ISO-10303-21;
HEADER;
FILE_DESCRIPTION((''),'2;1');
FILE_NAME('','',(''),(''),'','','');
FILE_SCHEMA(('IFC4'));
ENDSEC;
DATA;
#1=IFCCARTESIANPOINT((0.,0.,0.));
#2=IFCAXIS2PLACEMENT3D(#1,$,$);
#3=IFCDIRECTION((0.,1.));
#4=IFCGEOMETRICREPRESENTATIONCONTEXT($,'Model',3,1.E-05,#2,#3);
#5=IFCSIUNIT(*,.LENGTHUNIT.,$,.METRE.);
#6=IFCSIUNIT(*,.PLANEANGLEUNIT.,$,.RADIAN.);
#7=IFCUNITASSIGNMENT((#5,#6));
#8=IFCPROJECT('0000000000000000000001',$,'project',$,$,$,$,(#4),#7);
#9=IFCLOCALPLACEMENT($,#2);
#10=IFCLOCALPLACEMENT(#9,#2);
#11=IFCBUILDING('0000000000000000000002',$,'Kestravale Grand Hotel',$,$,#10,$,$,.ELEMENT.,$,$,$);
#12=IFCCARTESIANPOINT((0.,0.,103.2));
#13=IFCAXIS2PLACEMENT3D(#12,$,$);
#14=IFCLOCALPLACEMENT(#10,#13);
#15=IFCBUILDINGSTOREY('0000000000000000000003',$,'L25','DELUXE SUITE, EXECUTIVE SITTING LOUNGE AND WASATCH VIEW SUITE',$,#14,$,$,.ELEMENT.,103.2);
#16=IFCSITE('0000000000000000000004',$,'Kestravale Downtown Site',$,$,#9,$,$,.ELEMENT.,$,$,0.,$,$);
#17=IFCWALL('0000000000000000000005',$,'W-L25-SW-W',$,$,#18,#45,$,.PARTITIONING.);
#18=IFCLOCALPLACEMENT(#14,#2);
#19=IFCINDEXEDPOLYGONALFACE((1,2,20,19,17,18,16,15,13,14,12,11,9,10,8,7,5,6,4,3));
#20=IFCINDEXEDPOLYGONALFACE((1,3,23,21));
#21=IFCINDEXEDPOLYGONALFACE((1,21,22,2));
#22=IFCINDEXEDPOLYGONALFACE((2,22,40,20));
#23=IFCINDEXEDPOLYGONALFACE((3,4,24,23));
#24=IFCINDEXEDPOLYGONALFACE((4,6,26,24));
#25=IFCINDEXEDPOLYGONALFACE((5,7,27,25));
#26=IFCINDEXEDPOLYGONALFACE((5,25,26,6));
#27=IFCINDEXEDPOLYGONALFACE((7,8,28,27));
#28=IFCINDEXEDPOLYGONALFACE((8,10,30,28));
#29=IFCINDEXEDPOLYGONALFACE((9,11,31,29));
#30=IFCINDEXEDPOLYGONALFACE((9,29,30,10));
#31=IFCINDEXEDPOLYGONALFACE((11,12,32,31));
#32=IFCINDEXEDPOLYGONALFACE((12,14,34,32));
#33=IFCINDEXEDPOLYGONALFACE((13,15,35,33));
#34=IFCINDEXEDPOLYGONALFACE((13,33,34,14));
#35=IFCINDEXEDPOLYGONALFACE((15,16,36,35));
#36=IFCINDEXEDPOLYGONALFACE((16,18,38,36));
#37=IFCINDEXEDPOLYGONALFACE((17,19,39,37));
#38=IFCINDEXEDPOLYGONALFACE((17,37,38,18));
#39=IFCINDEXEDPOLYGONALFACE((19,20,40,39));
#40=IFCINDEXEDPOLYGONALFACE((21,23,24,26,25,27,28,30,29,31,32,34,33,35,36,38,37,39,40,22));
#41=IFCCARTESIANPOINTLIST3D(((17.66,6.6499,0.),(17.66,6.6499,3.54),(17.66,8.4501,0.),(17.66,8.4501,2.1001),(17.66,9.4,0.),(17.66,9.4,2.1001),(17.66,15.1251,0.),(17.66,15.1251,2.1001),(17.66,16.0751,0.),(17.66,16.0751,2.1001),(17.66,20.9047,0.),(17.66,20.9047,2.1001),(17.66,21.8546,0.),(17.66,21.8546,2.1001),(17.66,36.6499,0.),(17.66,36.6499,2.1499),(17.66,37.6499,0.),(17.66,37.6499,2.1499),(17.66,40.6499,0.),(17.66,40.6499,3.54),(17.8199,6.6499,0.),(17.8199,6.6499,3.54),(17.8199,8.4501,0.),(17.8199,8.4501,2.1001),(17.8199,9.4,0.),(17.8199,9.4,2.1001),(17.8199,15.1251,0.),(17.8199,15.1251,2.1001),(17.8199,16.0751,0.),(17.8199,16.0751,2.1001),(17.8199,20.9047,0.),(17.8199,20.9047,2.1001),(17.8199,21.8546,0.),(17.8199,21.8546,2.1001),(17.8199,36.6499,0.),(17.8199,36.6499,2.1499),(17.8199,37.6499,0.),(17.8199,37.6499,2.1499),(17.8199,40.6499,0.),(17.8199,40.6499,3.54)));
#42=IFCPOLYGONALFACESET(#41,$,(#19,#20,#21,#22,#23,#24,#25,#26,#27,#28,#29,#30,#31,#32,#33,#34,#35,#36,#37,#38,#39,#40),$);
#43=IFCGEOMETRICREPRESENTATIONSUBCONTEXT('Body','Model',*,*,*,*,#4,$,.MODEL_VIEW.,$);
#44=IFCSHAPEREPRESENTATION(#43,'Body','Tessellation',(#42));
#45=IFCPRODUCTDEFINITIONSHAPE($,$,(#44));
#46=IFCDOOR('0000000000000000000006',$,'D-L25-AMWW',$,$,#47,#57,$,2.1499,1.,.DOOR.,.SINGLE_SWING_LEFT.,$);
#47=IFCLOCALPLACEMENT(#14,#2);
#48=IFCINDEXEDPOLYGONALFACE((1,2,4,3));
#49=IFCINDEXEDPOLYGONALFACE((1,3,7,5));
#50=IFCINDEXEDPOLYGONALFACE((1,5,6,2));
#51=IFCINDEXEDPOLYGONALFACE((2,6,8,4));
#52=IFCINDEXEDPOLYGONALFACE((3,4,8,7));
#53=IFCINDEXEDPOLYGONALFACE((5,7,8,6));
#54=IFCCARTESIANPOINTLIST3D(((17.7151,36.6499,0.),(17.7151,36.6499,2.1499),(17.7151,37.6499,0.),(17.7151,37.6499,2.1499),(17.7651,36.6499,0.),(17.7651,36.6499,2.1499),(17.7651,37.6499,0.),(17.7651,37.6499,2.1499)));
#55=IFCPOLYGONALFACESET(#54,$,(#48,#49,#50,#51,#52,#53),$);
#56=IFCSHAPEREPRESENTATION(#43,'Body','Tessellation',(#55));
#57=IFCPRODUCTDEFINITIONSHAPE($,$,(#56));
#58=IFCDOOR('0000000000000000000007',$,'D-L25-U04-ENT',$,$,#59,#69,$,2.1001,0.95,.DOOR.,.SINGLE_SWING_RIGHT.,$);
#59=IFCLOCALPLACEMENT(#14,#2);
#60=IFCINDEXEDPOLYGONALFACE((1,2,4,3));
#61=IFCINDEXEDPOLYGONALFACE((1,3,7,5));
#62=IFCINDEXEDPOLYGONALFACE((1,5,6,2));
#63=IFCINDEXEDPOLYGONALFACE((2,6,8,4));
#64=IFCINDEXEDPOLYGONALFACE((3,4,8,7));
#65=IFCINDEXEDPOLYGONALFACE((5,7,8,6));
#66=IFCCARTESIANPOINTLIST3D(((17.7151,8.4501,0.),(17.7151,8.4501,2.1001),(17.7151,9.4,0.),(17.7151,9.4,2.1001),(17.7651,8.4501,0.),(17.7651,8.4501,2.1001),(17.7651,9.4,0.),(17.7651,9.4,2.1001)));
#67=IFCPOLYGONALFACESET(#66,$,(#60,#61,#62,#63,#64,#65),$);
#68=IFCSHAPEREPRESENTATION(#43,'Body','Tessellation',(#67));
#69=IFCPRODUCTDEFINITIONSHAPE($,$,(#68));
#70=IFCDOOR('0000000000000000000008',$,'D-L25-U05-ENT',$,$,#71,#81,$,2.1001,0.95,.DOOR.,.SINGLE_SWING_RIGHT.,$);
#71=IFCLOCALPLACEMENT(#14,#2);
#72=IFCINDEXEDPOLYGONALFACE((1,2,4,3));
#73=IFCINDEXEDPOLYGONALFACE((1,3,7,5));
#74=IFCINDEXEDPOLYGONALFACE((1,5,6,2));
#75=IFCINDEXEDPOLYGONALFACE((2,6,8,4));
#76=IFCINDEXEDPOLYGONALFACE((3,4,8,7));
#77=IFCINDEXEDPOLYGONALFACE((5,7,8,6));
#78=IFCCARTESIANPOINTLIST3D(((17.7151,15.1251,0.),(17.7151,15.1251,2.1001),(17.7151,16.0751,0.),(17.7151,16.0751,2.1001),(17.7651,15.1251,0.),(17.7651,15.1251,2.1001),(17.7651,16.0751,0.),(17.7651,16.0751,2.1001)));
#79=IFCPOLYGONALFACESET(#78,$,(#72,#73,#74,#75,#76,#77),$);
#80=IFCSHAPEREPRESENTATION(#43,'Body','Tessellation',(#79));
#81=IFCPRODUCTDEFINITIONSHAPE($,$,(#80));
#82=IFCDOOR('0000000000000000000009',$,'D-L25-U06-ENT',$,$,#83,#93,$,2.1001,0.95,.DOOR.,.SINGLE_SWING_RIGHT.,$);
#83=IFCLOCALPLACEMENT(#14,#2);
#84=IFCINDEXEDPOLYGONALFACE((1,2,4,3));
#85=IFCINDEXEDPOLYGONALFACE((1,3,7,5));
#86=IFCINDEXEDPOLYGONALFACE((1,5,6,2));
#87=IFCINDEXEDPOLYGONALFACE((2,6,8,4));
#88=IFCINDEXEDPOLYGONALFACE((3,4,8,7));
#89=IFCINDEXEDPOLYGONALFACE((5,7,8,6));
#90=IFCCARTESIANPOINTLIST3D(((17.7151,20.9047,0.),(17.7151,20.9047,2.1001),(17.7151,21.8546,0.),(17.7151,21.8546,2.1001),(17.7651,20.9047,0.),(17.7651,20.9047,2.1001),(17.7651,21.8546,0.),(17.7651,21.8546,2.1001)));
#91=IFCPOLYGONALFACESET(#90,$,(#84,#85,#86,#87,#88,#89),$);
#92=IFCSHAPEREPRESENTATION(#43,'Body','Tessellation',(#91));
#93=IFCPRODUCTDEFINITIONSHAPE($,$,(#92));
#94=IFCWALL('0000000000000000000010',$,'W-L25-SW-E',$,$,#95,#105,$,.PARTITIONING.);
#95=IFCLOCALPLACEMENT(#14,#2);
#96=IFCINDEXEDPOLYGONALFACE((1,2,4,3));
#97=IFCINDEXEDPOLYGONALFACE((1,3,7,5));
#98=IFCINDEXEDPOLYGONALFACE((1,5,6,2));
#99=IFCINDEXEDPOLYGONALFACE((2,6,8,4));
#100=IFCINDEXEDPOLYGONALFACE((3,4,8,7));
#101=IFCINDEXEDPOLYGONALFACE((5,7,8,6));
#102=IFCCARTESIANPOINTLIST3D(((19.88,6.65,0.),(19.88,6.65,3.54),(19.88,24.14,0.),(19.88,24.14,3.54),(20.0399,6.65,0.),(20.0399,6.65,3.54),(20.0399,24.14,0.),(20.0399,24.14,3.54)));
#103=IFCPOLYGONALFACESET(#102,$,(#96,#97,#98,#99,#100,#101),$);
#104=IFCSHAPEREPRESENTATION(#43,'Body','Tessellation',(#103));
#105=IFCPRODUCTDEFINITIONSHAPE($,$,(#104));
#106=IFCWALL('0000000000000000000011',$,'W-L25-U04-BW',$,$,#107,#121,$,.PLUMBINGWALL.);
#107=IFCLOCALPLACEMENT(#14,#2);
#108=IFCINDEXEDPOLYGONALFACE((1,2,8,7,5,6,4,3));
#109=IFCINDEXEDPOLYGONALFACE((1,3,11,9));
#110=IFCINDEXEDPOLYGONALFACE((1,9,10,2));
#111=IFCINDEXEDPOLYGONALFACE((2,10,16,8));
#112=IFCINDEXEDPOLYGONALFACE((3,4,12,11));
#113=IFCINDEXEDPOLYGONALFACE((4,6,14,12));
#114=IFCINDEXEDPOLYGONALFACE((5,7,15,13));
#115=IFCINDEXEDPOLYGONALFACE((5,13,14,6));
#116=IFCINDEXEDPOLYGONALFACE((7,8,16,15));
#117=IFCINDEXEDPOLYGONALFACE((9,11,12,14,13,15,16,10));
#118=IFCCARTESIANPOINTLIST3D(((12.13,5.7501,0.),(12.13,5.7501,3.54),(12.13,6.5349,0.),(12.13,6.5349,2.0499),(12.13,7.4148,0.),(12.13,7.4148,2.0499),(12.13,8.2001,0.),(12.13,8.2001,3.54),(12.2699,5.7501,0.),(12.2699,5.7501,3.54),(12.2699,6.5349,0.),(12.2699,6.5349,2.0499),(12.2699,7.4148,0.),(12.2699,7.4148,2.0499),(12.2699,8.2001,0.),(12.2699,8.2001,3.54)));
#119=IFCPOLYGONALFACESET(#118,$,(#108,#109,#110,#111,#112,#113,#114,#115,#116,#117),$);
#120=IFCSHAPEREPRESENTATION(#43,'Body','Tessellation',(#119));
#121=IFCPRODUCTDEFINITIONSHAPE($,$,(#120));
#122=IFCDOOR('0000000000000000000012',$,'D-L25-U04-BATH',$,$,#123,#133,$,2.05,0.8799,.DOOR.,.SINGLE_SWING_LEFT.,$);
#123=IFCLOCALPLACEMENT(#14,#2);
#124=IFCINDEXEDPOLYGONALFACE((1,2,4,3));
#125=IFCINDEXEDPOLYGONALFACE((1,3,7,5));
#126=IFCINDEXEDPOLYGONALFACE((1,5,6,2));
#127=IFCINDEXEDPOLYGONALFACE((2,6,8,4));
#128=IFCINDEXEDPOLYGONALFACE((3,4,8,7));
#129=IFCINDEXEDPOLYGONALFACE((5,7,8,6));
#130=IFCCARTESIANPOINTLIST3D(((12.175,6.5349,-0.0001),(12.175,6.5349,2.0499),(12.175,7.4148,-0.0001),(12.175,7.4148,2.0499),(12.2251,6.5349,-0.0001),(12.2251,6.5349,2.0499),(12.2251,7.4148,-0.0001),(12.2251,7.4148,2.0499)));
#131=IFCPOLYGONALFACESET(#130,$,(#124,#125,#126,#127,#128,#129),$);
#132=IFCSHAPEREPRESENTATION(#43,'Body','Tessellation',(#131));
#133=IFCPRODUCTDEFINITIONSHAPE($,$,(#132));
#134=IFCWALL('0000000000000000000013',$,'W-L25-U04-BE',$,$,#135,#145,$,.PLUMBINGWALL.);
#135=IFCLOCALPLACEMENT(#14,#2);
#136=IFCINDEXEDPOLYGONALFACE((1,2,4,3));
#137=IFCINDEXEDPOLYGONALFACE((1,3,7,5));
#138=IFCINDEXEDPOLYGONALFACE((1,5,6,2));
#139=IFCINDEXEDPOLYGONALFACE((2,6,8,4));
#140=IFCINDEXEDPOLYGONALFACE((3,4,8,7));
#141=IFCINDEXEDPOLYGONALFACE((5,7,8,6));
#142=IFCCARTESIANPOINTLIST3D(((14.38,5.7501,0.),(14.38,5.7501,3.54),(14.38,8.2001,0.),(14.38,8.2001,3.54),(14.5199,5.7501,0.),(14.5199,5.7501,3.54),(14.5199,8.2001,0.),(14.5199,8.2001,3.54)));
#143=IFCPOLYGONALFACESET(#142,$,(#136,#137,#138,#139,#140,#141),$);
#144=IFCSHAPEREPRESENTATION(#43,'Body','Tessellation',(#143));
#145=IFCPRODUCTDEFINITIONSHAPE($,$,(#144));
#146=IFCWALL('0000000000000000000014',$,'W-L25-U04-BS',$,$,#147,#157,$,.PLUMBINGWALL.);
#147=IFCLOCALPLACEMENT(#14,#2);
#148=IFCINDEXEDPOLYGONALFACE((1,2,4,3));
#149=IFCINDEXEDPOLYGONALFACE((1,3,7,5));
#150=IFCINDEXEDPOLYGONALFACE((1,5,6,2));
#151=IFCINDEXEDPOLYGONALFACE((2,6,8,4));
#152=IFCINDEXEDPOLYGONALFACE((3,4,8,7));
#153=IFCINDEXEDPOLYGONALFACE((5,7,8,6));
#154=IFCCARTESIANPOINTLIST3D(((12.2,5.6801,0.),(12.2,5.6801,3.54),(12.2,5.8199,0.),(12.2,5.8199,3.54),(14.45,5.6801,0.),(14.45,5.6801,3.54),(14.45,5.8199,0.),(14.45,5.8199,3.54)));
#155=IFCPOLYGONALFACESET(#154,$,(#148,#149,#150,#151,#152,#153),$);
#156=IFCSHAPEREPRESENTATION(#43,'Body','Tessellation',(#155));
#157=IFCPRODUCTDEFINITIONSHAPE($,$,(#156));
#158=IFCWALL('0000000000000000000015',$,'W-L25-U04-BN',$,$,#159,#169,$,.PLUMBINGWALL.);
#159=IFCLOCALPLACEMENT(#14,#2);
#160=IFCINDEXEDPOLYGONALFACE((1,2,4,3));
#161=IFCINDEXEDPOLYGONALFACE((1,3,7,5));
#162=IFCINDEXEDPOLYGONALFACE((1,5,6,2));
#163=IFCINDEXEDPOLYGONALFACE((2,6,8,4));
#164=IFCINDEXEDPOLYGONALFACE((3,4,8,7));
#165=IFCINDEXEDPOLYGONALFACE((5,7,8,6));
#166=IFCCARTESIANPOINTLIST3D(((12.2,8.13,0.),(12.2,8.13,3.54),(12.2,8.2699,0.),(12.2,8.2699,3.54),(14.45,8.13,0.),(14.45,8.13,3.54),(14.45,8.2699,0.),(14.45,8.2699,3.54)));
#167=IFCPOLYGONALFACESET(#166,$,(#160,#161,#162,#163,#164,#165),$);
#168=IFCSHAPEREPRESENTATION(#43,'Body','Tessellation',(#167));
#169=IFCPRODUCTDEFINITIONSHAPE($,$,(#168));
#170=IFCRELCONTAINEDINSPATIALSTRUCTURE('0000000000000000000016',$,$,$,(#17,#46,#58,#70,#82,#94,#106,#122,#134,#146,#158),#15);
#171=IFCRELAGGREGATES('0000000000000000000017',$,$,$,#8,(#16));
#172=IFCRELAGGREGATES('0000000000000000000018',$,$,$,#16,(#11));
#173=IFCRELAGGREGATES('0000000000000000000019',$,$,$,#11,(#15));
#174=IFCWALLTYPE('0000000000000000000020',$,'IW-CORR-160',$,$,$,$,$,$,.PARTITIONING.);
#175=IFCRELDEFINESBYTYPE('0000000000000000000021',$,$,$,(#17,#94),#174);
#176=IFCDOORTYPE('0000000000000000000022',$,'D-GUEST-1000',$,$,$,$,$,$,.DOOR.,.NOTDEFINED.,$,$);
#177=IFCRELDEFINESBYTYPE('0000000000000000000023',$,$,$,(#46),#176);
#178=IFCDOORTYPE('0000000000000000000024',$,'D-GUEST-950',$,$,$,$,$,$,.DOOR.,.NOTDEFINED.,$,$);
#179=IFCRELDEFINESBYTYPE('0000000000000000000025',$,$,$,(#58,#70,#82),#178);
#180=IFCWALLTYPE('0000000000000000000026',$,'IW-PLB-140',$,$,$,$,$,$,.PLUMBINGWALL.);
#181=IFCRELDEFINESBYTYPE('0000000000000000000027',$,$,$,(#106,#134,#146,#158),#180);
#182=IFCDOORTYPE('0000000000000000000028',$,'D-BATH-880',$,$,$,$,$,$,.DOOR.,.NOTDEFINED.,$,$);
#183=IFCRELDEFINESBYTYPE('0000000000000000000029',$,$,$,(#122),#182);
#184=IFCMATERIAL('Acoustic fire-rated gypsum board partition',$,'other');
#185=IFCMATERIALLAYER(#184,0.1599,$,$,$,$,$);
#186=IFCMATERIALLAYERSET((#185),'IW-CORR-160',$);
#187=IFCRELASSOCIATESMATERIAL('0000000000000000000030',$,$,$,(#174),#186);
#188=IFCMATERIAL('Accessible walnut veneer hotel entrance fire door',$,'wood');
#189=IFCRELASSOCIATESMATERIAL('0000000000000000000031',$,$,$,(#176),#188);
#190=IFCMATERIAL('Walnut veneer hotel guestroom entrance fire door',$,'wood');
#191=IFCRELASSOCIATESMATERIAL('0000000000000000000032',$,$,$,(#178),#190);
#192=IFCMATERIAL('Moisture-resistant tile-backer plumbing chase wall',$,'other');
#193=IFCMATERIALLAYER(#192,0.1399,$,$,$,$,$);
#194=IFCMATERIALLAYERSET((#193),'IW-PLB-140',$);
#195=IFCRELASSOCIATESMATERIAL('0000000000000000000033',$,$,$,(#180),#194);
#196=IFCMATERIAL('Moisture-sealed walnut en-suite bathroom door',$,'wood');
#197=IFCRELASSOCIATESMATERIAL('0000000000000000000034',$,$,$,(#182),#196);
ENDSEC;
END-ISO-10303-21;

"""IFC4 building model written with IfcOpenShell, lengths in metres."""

from ifc_helpers import new_model, si_unit, direction, frame, frame_2d, origin, place, context, subcontext, project, spatial, rectangle, extrude, material, layer, layer_set, type_object, element, fill, save


model = new_model("IFC4")

# Units and contexts
model_context = context("Model", 3, precision=1e-05, world=origin(), true_north=direction((0.0, 1.0)))
body_context = subcontext(model_context, "Body", "Model", "MODEL_VIEW")
ifc_project = project(units=[si_unit("LENGTHUNIT", "METRE"), si_unit("PLANEANGLEUNIT", "RADIAN")], contexts=[model_context])

# Site, building, storey
site_placement = place(None, origin())
site = spatial("IfcSite", under=ifc_project, at=site_placement, Name="Kestravale Downtown Site", CompositionType="ELEMENT", RefElevation=0.0)
building_placement = place(site_placement, origin())
building = spatial("IfcBuilding", under=site, at=building_placement, Name="Kestravale Grand Hotel", CompositionType="ELEMENT")
storey_placement = place(building_placement, frame((0.0, 0.0, 103.2)))
storey = spatial("IfcBuildingStorey", under=building, at=storey_placement, Name="L25", Description="DELUXE SUITE, EXECUTIVE SITTING LOUNGE AND WASATCH VIEW SUITE", CompositionType="ELEMENT", Elevation=103.2)

# Wall, openings, doors
ifc_material_1 = material(Name="Acoustic fire-rated gypsum board partition", Category="other")
ifc_layer_1 = layer(ifc_material_1, 0.1599)
ifc_layer_set_1 = layer_set([ifc_layer_1], Name="IW-CORR-160")
wall_type_1 = type_object("IfcWallType", Name="IW-CORR-160", PredefinedType="PARTITIONING", material=ifc_layer_set_1)
wall_1_placement = place(storey_placement, frame((17.74, 6.6499, 0.0), z_axis=(0.0, 0.0, 1.0), x_axis=(0.0, 1.0, 0.0)))
wall_1 = element("IfcWall", 1, at=wall_1_placement, inside=storey, type_object=wall_type_1, Name="W-L25-SW-W", PredefinedType="PARTITIONING", context=body_context, shape_type="SweptSolid", body=[
    extrude(rectangle(XDim=34.0, YDim=0.1599, at=frame_2d((17.0, 0.0))), origin(), (0.0, 0.0, 1.0), 3.54),
])
opening_1_placement = place(wall_1_placement, frame((1.8, 0.0, 0.0)))
opening_1 = element("IfcOpeningElement", 2, at=opening_1_placement, cuts=wall_1, PredefinedType="OPENING", context=body_context, shape_type="SweptSolid", body=[
    extrude(rectangle(XDim=0.95, YDim=2.1001, at=frame_2d((0.4751, 1.05))), frame((0.0, 0.0898, 0.0), z_axis=(0.0, -1.0, 0.0), x_axis=(1.0, 0.0, 0.0)), (0.0, 0.0, 1.0), 0.1799),
])
opening_2_placement = place(wall_1_placement, frame((8.4751, 0.0, 0.0)))
opening_2 = element("IfcOpeningElement", 3, at=opening_2_placement, cuts=wall_1, PredefinedType="OPENING", context=body_context, shape_type="SweptSolid", body=[
    extrude(rectangle(XDim=0.95, YDim=2.1001, at=frame_2d((0.4751, 1.05))), frame((0.0, 0.0898, 0.0), z_axis=(0.0, -1.0, 0.0), x_axis=(1.0, 0.0, 0.0)), (0.0, 0.0, 1.0), 0.1799),
])
opening_3_placement = place(wall_1_placement, frame((14.2546, 0.0, 0.0)))
opening_3 = element("IfcOpeningElement", 4, at=opening_3_placement, cuts=wall_1, PredefinedType="OPENING", context=body_context, shape_type="SweptSolid", body=[
    extrude(rectangle(XDim=0.95, YDim=2.1001, at=frame_2d((0.4751, 1.05))), frame((0.0, 0.0898, 0.0), z_axis=(0.0, -1.0, 0.0), x_axis=(1.0, 0.0, 0.0)), (0.0, 0.0, 1.0), 0.1799),
])
opening_4_placement = place(wall_1_placement, frame((30.0, 0.0, 0.0)))
opening_4 = element("IfcOpeningElement", 5, at=opening_4_placement, cuts=wall_1, PredefinedType="OPENING", context=body_context, shape_type="SweptSolid", body=[
    extrude(rectangle(XDim=1.0, YDim=2.1499, at=frame_2d((0.5, 1.075))), frame((0.0, 0.0898, 0.0), z_axis=(0.0, -1.0, 0.0), x_axis=(1.0, 0.0, 0.0)), (0.0, 0.0, 1.0), 0.1799),
])
ifc_material_2 = material(Name="Accessible walnut veneer hotel entrance fire door", Category="wood")
door_type_1 = type_object("IfcDoorType", Name="D-GUEST-1000", OperationType="NOTDEFINED", PredefinedType="DOOR", material=ifc_material_2)
door_1_placement = place(opening_4_placement, origin())
door_1 = element("IfcDoor", 6, at=door_1_placement, inside=storey, type_object=door_type_1, Name="D-L25-AMWW", OperationType="SINGLE_SWING_LEFT", OverallHeight=2.1499, OverallWidth=1.0, PredefinedType="DOOR", context=body_context, shape_type="SweptSolid", body=[
    extrude(rectangle(XDim=1.0, YDim=2.1499, at=frame_2d((0.5, 1.075))), frame((0.0, 0.0249, 0.0), z_axis=(0.0, -1.0, 0.0), x_axis=(1.0, 0.0, 0.0)), (0.0, 0.0, 1.0), 0.05),
])
fill(opening_4, door_1)
ifc_material_3 = material(Name="Walnut veneer hotel guestroom entrance fire door", Category="wood")
door_type_2 = type_object("IfcDoorType", Name="D-GUEST-950", OperationType="NOTDEFINED", PredefinedType="DOOR", material=ifc_material_3)
door_2_placement = place(opening_1_placement, origin())
door_2 = element("IfcDoor", 7, at=door_2_placement, inside=storey, type_object=door_type_2, Name="D-L25-U04-ENT", OperationType="SINGLE_SWING_RIGHT", OverallHeight=2.1001, OverallWidth=0.95, PredefinedType="DOOR", context=body_context, shape_type="SweptSolid", body=[
    extrude(rectangle(XDim=0.95, YDim=2.1001, at=frame_2d((0.4751, 1.05))), frame((0.0, 0.0249, 0.0), z_axis=(0.0, -1.0, 0.0), x_axis=(1.0, 0.0, 0.0)), (0.0, 0.0, 1.0), 0.05),
])
fill(opening_1, door_2)
door_3_placement = place(opening_2_placement, origin())
door_3 = element("IfcDoor", 8, at=door_3_placement, inside=storey, type_object=door_type_2, Name="D-L25-U05-ENT", OperationType="SINGLE_SWING_RIGHT", OverallHeight=2.1001, OverallWidth=0.95, PredefinedType="DOOR", context=body_context, shape_type="SweptSolid", body=[
    extrude(rectangle(XDim=0.95, YDim=2.1001, at=frame_2d((0.4751, 1.05))), frame((0.0, 0.0249, 0.0), z_axis=(0.0, -1.0, 0.0), x_axis=(1.0, 0.0, 0.0)), (0.0, 0.0, 1.0), 0.05),
])
fill(opening_2, door_3)
door_4_placement = place(opening_3_placement, origin())
door_4 = element("IfcDoor", 9, at=door_4_placement, inside=storey, type_object=door_type_2, Name="D-L25-U06-ENT", OperationType="SINGLE_SWING_RIGHT", OverallHeight=2.1001, OverallWidth=0.95, PredefinedType="DOOR", context=body_context, shape_type="SweptSolid", body=[
    extrude(rectangle(XDim=0.95, YDim=2.1001, at=frame_2d((0.4751, 1.05))), frame((0.0, 0.0249, 0.0), z_axis=(0.0, -1.0, 0.0), x_axis=(1.0, 0.0, 0.0)), (0.0, 0.0, 1.0), 0.05),
])
fill(opening_3, door_4)

# Wall
wall_2_placement = place(storey_placement, frame((19.96, 6.6499, 0.0), z_axis=(0.0, 0.0, 1.0), x_axis=(0.0, 1.0, 0.0)))
element("IfcWall", 10, at=wall_2_placement, inside=storey, type_object=wall_type_1, Name="W-L25-SW-E", PredefinedType="PARTITIONING", context=body_context, shape_type="SweptSolid", body=[
    extrude(rectangle(XDim=17.49, YDim=0.1599, at=frame_2d((8.7451, 0.0))), origin(), (0.0, 0.0, 1.0), 3.54),
])

# Wall, opening, door
ifc_material_4 = material(Name="Moisture-resistant tile-backer plumbing chase wall", Category="other")
ifc_layer_2 = layer(ifc_material_4, 0.1399)
ifc_layer_set_2 = layer_set([ifc_layer_2], Name="IW-PLB-140")
wall_type_2 = type_object("IfcWallType", Name="IW-PLB-140", PredefinedType="PLUMBINGWALL", material=ifc_layer_set_2)
wall_3_placement = place(storey_placement, frame((12.2, 5.75, 0.0), z_axis=(0.0, 0.0, 1.0), x_axis=(0.0, 1.0, 0.0)))
wall_3 = element("IfcWall", 11, at=wall_3_placement, inside=storey, type_object=wall_type_2, Name="W-L25-U04-BW", PredefinedType="PLUMBINGWALL", context=body_context, shape_type="SweptSolid", body=[
    extrude(rectangle(XDim=2.45, YDim=0.1399, at=frame_2d((1.2251, 0.0))), origin(), (0.0, 0.0, 1.0), 3.54),
])
opening_5_placement = place(wall_3_placement, frame((0.7849, 0.0, 0.0)))
opening_5 = element("IfcOpeningElement", 12, at=opening_5_placement, cuts=wall_3, PredefinedType="OPENING", context=body_context, shape_type="SweptSolid", body=[
    extrude(rectangle(XDim=0.8799, YDim=2.05, at=frame_2d((0.4399, 1.0249))), frame((0.0, 0.0798, 0.0), z_axis=(0.0, -1.0, 0.0), x_axis=(1.0, 0.0, 0.0)), (0.0, 0.0, 1.0), 0.1599),
])
ifc_material_5 = material(Name="Moisture-sealed walnut en-suite bathroom door", Category="wood")
door_type_3 = type_object("IfcDoorType", Name="D-BATH-880", OperationType="NOTDEFINED", PredefinedType="DOOR", material=ifc_material_5)
door_5_placement = place(opening_5_placement, origin())
door_5 = element("IfcDoor", 13, at=door_5_placement, inside=storey, type_object=door_type_3, Name="D-L25-U04-BATH", OperationType="SINGLE_SWING_LEFT", OverallHeight=2.05, OverallWidth=0.8799, PredefinedType="DOOR", context=body_context, shape_type="SweptSolid", body=[
    extrude(rectangle(XDim=0.8799, YDim=2.05, at=frame_2d((0.4399, 1.0249))), frame((0.0, 0.0249, 0.0), z_axis=(0.0, -1.0, 0.0), x_axis=(1.0, 0.0, 0.0)), (0.0, 0.0, 1.0), 0.05),
])
fill(opening_5, door_5)

# Walls
wall_4_placement = place(storey_placement, frame((14.45, 5.75, 0.0), z_axis=(0.0, 0.0, 1.0), x_axis=(0.0, 1.0, 0.0)))
element("IfcWall", 14, at=wall_4_placement, inside=storey, type_object=wall_type_2, Name="W-L25-U04-BE", PredefinedType="PLUMBINGWALL", context=body_context, shape_type="SweptSolid", body=[
    extrude(rectangle(XDim=2.45, YDim=0.1399, at=frame_2d((1.2251, 0.0))), origin(), (0.0, 0.0, 1.0), 3.54),
])
for number, where, z_axis, x_axis, name in (
    (15, (12.2, 5.75, 0.0), (0.0, 0.0, 1.0), (1.0, 0.0, 0.0), "W-L25-U04-BS"),
    (16, (12.2, 8.2, 0.0), (0.0, 0.0, 1.0), (1.0, 0.0, 0.0), "W-L25-U04-BN"),
):
    element("IfcWall", number, at=place(storey_placement, frame(where, z_axis=z_axis, x_axis=x_axis)), inside=storey, type_object=wall_type_2, Name=name, PredefinedType="PLUMBINGWALL", context=body_context, shape_type="SweptSolid", body=[
        extrude(rectangle(XDim=2.25, YDim=0.1399, at=frame_2d((1.125, 0.0))), origin(), (0.0, 0.0, 1.0), 3.54),
    ])

save(model, "model.ifc")
